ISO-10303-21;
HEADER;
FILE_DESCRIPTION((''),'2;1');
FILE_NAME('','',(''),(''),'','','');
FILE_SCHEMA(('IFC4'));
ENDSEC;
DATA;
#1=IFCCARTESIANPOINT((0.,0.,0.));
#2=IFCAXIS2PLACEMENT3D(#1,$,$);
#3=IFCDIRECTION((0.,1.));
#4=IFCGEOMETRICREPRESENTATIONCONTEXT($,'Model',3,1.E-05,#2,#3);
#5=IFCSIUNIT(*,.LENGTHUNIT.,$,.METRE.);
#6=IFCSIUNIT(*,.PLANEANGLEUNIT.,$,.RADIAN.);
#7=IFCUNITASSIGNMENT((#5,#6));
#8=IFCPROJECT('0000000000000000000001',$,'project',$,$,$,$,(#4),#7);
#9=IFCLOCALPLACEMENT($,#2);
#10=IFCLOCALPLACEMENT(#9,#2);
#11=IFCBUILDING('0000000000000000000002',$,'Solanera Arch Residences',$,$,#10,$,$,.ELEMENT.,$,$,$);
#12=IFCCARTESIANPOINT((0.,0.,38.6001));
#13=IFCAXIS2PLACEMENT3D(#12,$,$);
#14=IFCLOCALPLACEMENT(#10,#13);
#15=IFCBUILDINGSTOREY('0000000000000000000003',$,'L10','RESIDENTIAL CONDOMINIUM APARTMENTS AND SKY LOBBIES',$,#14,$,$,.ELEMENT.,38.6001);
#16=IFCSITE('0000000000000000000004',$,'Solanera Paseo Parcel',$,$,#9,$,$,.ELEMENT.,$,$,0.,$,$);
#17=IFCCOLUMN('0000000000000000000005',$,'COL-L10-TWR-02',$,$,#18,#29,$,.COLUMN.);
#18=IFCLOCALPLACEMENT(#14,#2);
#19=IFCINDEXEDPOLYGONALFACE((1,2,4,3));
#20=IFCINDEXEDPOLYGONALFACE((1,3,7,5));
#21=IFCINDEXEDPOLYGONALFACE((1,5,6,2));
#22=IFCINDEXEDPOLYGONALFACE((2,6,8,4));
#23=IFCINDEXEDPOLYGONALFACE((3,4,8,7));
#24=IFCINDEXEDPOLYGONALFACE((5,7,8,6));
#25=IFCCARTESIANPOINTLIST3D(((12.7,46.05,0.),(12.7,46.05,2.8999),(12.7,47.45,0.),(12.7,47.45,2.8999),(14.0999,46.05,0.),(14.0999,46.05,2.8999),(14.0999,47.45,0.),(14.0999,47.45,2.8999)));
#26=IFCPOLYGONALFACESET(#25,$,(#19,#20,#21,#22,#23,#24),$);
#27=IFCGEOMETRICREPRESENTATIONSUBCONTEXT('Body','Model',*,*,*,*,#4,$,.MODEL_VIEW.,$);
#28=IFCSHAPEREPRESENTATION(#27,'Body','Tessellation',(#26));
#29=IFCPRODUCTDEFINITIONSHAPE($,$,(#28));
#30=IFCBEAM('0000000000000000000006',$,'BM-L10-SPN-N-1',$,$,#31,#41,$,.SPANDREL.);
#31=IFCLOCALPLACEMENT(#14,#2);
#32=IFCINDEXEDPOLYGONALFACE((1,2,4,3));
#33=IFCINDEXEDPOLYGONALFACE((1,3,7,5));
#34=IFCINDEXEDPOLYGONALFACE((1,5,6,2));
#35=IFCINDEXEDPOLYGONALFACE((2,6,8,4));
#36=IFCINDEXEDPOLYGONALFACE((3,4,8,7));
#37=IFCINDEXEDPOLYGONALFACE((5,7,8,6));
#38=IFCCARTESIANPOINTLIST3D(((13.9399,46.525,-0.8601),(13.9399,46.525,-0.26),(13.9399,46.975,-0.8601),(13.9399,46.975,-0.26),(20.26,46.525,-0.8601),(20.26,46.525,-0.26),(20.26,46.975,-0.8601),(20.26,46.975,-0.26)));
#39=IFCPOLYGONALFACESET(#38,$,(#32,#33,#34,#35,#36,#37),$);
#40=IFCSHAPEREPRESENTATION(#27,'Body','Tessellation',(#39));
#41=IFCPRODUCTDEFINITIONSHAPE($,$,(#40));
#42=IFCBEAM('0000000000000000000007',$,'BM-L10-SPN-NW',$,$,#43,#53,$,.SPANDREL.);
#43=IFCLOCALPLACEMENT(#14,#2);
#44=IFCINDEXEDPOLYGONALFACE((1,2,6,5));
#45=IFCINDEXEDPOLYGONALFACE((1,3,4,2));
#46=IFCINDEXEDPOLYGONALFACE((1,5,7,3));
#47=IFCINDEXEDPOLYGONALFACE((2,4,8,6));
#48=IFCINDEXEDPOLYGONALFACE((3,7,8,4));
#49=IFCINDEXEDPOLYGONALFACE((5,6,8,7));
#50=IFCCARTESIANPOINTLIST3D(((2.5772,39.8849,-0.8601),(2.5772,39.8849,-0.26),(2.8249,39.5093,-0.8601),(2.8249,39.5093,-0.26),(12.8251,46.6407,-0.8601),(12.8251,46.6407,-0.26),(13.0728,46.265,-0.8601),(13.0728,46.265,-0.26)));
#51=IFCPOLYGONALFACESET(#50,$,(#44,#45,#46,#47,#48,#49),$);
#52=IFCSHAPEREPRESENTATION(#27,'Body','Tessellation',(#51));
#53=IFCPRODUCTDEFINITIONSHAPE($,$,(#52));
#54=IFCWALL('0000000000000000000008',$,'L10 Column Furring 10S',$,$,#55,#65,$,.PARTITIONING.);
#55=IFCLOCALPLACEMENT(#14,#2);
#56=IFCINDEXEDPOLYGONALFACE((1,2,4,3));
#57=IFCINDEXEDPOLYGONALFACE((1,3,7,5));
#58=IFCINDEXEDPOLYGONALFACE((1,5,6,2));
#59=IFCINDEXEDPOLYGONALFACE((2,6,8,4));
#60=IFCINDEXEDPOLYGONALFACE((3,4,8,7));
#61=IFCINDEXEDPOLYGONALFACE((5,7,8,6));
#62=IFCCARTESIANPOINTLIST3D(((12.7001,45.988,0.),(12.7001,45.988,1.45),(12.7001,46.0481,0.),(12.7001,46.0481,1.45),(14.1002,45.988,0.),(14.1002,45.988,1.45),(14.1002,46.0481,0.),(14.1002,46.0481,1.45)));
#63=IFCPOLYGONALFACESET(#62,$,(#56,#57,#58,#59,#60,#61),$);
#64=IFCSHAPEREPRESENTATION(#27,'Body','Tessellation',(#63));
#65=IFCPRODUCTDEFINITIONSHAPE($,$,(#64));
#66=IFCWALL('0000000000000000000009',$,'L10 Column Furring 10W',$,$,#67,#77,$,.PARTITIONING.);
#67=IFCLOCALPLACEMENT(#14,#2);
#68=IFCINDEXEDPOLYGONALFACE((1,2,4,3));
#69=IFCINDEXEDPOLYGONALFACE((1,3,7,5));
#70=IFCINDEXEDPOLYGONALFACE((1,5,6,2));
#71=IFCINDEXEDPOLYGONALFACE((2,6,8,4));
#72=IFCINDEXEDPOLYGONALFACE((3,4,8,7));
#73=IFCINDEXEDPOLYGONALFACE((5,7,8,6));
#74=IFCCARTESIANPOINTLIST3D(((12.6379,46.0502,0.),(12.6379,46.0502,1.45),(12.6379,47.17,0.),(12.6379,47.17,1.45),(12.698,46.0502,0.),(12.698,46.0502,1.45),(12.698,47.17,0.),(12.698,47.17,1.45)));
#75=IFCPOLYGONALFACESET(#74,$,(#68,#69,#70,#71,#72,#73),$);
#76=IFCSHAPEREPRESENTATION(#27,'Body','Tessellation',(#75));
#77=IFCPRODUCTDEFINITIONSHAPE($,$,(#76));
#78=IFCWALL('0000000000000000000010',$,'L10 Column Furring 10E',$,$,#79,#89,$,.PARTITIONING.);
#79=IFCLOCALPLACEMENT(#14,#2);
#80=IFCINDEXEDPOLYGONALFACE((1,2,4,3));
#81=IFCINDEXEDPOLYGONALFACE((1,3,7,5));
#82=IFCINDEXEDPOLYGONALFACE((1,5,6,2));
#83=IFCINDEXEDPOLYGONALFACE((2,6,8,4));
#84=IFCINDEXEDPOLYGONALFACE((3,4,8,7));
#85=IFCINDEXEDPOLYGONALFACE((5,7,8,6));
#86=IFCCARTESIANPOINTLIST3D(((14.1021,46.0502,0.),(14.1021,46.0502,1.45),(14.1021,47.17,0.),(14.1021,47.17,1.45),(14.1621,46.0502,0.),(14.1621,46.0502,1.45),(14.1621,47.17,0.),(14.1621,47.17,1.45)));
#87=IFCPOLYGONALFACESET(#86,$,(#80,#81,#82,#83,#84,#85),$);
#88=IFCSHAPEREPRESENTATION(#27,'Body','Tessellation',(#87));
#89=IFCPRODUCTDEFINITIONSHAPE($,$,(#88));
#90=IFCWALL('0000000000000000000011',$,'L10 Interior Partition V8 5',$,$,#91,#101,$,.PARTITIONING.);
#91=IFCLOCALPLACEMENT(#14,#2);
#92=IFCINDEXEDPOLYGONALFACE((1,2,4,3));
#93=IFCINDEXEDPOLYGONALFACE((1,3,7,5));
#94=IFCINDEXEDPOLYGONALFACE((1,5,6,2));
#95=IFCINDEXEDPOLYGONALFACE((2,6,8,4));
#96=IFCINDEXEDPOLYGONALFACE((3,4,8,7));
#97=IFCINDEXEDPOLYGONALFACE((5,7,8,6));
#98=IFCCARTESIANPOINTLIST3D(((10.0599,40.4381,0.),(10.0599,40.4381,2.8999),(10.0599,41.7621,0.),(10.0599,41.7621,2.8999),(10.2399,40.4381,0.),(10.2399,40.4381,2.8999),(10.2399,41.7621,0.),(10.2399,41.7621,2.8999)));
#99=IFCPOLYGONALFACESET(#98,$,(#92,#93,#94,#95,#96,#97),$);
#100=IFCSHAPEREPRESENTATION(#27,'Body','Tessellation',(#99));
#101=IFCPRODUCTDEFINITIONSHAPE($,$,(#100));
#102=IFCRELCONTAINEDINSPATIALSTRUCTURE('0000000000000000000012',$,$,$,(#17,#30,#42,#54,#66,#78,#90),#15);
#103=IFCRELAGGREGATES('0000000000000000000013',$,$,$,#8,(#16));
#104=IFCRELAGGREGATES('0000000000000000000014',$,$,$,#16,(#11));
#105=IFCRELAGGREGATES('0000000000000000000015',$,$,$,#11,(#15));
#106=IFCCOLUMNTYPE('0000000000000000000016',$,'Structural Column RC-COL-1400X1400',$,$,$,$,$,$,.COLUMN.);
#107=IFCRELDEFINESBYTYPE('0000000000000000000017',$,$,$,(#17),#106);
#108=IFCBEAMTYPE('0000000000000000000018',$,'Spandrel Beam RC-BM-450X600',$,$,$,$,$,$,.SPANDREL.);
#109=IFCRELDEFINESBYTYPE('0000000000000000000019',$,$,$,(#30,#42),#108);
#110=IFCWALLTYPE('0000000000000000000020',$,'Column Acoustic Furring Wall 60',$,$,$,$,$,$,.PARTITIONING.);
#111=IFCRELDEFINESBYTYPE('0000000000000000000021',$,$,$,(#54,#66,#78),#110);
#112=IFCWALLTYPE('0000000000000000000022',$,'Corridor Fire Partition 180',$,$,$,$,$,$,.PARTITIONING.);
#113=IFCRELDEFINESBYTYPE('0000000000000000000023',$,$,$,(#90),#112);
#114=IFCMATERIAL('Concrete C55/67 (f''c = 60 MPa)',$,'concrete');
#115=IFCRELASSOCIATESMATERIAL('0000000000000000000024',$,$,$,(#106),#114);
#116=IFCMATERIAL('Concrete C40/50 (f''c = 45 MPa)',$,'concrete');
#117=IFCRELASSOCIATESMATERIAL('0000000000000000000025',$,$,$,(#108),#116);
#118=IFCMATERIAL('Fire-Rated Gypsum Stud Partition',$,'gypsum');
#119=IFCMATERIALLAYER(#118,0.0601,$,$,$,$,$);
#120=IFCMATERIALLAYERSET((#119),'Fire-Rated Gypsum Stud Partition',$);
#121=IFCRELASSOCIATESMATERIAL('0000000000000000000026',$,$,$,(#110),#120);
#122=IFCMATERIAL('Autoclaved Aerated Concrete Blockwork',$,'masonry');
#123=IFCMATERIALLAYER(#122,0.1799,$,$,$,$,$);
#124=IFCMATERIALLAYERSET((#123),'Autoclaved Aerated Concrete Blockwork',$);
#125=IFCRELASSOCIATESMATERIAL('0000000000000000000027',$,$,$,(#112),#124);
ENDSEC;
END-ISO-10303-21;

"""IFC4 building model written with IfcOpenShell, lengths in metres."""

from ifc_helpers import new_model, si_unit, direction, frame, frame_2d, origin, origin_2d, place, context, subcontext, project, spatial, rectangle, extrude, material, layer, layer_set, material_profile, profile_set, type_object, element, save


model = new_model("IFC4")

# Units and contexts
model_context = context("Model", 3, precision=1e-05, world=origin(), true_north=direction((0.0, 1.0)))
body_context = subcontext(model_context, "Body", "Model", "MODEL_VIEW")
ifc_project = project(units=[si_unit("LENGTHUNIT", "METRE"), si_unit("PLANEANGLEUNIT", "RADIAN")], contexts=[model_context])

# Site, building, storey
site_placement = place(None, origin())
site = spatial("IfcSite", under=ifc_project, at=site_placement, Name="Solanera Paseo Parcel", CompositionType="ELEMENT", RefElevation=0.0)
building_placement = place(site_placement, origin())
building = spatial("IfcBuilding", under=site, at=building_placement, Name="Solanera Arch Residences", CompositionType="ELEMENT")
storey_placement = place(building_placement, frame((0.0, 0.0, 38.6001)))
storey = spatial("IfcBuildingStorey", under=building, at=storey_placement, Name="L10", Description="RESIDENTIAL CONDOMINIUM APARTMENTS AND SKY LOBBIES", CompositionType="ELEMENT", Elevation=38.6001)

# Column
ifc_material_1 = material(Name="Concrete C55/67 (f'c = 60 MPa)", Category="concrete")
ifc_material_profile_1 = material_profile(ifc_material_1, rectangle(XDim=1.3999, YDim=1.3999, at=origin_2d()))
ifc_profile_set_1 = profile_set([ifc_material_profile_1], Name="Concrete C55/67 (f'c = 60 MPa)")
column_type = type_object("IfcColumnType", Name="Structural Column RC-COL-1400X1400", PredefinedType="COLUMN", material=ifc_profile_set_1)
column_placement = place(storey_placement, frame((13.3999, 46.75, 0.0), z_axis=(0.0, 0.0, 1.0), x_axis=(1.0, 0.0, 0.0)))
element("IfcColumn", 1, at=column_placement, inside=storey, type_object=column_type, Name="COL-L10-TWR-02", PredefinedType="COLUMN", context=body_context, shape_type="SweptSolid", body=[
    extrude(rectangle(XDim=1.3999, YDim=1.3999, at=origin_2d()), origin(), (0.0, 0.0, 1.0), 2.8999),
])

# Beams
ifc_material_2 = material(Name="Concrete C40/50 (f'c = 45 MPa)", Category="concrete")
ifc_material_profile_2 = material_profile(ifc_material_2, rectangle(XDim=0.45, YDim=0.6001, at=origin_2d()))
ifc_profile_set_2 = profile_set([ifc_material_profile_2], Name="Concrete C40/50 (f'c = 45 MPa)")
beam_type = type_object("IfcBeamType", Name="Spandrel Beam RC-BM-450X600", PredefinedType="SPANDREL", material=ifc_profile_set_2)
beam_1_placement = place(storey_placement, frame((13.9399, 46.75, -0.5601), z_axis=(1.0, 0.0, 0.0), x_axis=(0.0, 1.0, 0.0)))
element("IfcBeam", 2, at=beam_1_placement, inside=storey, type_object=beam_type, Name="BM-L10-SPN-N-1", PredefinedType="SPANDREL", context=body_context, shape_type="SweptSolid", body=[
    extrude(rectangle(XDim=0.45, YDim=0.6001, at=origin_2d()), origin(), (0.0, 0.0, 1.0), 6.3201),
])
beam_2_placement = place(storey_placement, frame((12.949, 46.4529, -0.5601), z_axis=(-0.834903, -0.550397, 0.0), x_axis=(0.550397, -0.834903, 0.0)))
element("IfcBeam", 3, at=beam_2_placement, inside=storey, type_object=beam_type, Name="BM-L10-SPN-NW", PredefinedType="SPANDREL", context=body_context, shape_type="SweptSolid", body=[
    extrude(rectangle(XDim=0.45, YDim=0.6001, at=origin_2d()), origin(), (0.0, 0.0, 1.0), 12.2744),
])

# Walls
ifc_material_3 = material(Name="Fire-Rated Gypsum Stud Partition", Category="gypsum")
ifc_layer_1 = layer(ifc_material_3, 0.0601)
ifc_layer_set_1 = layer_set([ifc_layer_1], Name="Fire-Rated Gypsum Stud Partition")
wall_type_1 = type_object("IfcWallType", Name="Column Acoustic Furring Wall 60", PredefinedType="PARTITIONING", material=ifc_layer_set_1)
wall_1_placement = place(storey_placement, frame((12.7, 46.0181, 0.0), z_axis=(0.0, 0.0, 1.0), x_axis=(1.0, 0.0, 0.0)))
element("IfcWall", 4, at=wall_1_placement, inside=storey, type_object=wall_type_1, Name="L10 Column Furring 10S", PredefinedType="PARTITIONING", context=body_context, shape_type="SweptSolid", body=[
    extrude(rectangle(XDim=1.4001, YDim=0.0601, at=frame_2d((0.7002, 0.0))), origin(), (0.0, 0.0, 1.0), 1.45),
])
for number, where, z_axis, x_axis, name in (
    (5, (12.668, 46.05, 0.0), (0.0, 0.0, 1.0), (0.0, 1.0, 0.0), "L10 Column Furring 10W"),
    (6, (14.1321, 46.05, 0.0), (0.0, 0.0, 1.0), (0.0, 1.0, 0.0), "L10 Column Furring 10E"),
):
    element("IfcWall", number, at=place(storey_placement, frame(where, z_axis=z_axis, x_axis=x_axis)), inside=storey, type_object=wall_type_1, Name=name, PredefinedType="PARTITIONING", context=body_context, shape_type="SweptSolid", body=[
        extrude(rectangle(XDim=1.1199, YDim=0.0601, at=frame_2d((0.5601, 0.0))), origin(), (0.0, 0.0, 1.0), 1.45),
    ])
ifc_material_4 = material(Name="Autoclaved Aerated Concrete Blockwork", Category="masonry")
ifc_layer_2 = layer(ifc_material_4, 0.1799)
ifc_layer_set_2 = layer_set([ifc_layer_2], Name="Autoclaved Aerated Concrete Blockwork")
wall_type_2 = type_object("IfcWallType", Name="Corridor Fire Partition 180", PredefinedType="PARTITIONING", material=ifc_layer_set_2)
wall_2_placement = place(storey_placement, frame((10.1499, 40.438, 0.0), z_axis=(0.0, 0.0, 1.0), x_axis=(0.0, 1.0, 0.0)))
element("IfcWall", 7, at=wall_2_placement, inside=storey, type_object=wall_type_2, Name="L10 Interior Partition V8 5", PredefinedType="PARTITIONING", context=body_context, shape_type="SweptSolid", body=[
    extrude(rectangle(XDim=1.324, YDim=0.1799, at=frame_2d((0.6621, 0.0))), origin(), (0.0, 0.0, 1.0), 2.8999),
])

save(model, "model.ifc")
